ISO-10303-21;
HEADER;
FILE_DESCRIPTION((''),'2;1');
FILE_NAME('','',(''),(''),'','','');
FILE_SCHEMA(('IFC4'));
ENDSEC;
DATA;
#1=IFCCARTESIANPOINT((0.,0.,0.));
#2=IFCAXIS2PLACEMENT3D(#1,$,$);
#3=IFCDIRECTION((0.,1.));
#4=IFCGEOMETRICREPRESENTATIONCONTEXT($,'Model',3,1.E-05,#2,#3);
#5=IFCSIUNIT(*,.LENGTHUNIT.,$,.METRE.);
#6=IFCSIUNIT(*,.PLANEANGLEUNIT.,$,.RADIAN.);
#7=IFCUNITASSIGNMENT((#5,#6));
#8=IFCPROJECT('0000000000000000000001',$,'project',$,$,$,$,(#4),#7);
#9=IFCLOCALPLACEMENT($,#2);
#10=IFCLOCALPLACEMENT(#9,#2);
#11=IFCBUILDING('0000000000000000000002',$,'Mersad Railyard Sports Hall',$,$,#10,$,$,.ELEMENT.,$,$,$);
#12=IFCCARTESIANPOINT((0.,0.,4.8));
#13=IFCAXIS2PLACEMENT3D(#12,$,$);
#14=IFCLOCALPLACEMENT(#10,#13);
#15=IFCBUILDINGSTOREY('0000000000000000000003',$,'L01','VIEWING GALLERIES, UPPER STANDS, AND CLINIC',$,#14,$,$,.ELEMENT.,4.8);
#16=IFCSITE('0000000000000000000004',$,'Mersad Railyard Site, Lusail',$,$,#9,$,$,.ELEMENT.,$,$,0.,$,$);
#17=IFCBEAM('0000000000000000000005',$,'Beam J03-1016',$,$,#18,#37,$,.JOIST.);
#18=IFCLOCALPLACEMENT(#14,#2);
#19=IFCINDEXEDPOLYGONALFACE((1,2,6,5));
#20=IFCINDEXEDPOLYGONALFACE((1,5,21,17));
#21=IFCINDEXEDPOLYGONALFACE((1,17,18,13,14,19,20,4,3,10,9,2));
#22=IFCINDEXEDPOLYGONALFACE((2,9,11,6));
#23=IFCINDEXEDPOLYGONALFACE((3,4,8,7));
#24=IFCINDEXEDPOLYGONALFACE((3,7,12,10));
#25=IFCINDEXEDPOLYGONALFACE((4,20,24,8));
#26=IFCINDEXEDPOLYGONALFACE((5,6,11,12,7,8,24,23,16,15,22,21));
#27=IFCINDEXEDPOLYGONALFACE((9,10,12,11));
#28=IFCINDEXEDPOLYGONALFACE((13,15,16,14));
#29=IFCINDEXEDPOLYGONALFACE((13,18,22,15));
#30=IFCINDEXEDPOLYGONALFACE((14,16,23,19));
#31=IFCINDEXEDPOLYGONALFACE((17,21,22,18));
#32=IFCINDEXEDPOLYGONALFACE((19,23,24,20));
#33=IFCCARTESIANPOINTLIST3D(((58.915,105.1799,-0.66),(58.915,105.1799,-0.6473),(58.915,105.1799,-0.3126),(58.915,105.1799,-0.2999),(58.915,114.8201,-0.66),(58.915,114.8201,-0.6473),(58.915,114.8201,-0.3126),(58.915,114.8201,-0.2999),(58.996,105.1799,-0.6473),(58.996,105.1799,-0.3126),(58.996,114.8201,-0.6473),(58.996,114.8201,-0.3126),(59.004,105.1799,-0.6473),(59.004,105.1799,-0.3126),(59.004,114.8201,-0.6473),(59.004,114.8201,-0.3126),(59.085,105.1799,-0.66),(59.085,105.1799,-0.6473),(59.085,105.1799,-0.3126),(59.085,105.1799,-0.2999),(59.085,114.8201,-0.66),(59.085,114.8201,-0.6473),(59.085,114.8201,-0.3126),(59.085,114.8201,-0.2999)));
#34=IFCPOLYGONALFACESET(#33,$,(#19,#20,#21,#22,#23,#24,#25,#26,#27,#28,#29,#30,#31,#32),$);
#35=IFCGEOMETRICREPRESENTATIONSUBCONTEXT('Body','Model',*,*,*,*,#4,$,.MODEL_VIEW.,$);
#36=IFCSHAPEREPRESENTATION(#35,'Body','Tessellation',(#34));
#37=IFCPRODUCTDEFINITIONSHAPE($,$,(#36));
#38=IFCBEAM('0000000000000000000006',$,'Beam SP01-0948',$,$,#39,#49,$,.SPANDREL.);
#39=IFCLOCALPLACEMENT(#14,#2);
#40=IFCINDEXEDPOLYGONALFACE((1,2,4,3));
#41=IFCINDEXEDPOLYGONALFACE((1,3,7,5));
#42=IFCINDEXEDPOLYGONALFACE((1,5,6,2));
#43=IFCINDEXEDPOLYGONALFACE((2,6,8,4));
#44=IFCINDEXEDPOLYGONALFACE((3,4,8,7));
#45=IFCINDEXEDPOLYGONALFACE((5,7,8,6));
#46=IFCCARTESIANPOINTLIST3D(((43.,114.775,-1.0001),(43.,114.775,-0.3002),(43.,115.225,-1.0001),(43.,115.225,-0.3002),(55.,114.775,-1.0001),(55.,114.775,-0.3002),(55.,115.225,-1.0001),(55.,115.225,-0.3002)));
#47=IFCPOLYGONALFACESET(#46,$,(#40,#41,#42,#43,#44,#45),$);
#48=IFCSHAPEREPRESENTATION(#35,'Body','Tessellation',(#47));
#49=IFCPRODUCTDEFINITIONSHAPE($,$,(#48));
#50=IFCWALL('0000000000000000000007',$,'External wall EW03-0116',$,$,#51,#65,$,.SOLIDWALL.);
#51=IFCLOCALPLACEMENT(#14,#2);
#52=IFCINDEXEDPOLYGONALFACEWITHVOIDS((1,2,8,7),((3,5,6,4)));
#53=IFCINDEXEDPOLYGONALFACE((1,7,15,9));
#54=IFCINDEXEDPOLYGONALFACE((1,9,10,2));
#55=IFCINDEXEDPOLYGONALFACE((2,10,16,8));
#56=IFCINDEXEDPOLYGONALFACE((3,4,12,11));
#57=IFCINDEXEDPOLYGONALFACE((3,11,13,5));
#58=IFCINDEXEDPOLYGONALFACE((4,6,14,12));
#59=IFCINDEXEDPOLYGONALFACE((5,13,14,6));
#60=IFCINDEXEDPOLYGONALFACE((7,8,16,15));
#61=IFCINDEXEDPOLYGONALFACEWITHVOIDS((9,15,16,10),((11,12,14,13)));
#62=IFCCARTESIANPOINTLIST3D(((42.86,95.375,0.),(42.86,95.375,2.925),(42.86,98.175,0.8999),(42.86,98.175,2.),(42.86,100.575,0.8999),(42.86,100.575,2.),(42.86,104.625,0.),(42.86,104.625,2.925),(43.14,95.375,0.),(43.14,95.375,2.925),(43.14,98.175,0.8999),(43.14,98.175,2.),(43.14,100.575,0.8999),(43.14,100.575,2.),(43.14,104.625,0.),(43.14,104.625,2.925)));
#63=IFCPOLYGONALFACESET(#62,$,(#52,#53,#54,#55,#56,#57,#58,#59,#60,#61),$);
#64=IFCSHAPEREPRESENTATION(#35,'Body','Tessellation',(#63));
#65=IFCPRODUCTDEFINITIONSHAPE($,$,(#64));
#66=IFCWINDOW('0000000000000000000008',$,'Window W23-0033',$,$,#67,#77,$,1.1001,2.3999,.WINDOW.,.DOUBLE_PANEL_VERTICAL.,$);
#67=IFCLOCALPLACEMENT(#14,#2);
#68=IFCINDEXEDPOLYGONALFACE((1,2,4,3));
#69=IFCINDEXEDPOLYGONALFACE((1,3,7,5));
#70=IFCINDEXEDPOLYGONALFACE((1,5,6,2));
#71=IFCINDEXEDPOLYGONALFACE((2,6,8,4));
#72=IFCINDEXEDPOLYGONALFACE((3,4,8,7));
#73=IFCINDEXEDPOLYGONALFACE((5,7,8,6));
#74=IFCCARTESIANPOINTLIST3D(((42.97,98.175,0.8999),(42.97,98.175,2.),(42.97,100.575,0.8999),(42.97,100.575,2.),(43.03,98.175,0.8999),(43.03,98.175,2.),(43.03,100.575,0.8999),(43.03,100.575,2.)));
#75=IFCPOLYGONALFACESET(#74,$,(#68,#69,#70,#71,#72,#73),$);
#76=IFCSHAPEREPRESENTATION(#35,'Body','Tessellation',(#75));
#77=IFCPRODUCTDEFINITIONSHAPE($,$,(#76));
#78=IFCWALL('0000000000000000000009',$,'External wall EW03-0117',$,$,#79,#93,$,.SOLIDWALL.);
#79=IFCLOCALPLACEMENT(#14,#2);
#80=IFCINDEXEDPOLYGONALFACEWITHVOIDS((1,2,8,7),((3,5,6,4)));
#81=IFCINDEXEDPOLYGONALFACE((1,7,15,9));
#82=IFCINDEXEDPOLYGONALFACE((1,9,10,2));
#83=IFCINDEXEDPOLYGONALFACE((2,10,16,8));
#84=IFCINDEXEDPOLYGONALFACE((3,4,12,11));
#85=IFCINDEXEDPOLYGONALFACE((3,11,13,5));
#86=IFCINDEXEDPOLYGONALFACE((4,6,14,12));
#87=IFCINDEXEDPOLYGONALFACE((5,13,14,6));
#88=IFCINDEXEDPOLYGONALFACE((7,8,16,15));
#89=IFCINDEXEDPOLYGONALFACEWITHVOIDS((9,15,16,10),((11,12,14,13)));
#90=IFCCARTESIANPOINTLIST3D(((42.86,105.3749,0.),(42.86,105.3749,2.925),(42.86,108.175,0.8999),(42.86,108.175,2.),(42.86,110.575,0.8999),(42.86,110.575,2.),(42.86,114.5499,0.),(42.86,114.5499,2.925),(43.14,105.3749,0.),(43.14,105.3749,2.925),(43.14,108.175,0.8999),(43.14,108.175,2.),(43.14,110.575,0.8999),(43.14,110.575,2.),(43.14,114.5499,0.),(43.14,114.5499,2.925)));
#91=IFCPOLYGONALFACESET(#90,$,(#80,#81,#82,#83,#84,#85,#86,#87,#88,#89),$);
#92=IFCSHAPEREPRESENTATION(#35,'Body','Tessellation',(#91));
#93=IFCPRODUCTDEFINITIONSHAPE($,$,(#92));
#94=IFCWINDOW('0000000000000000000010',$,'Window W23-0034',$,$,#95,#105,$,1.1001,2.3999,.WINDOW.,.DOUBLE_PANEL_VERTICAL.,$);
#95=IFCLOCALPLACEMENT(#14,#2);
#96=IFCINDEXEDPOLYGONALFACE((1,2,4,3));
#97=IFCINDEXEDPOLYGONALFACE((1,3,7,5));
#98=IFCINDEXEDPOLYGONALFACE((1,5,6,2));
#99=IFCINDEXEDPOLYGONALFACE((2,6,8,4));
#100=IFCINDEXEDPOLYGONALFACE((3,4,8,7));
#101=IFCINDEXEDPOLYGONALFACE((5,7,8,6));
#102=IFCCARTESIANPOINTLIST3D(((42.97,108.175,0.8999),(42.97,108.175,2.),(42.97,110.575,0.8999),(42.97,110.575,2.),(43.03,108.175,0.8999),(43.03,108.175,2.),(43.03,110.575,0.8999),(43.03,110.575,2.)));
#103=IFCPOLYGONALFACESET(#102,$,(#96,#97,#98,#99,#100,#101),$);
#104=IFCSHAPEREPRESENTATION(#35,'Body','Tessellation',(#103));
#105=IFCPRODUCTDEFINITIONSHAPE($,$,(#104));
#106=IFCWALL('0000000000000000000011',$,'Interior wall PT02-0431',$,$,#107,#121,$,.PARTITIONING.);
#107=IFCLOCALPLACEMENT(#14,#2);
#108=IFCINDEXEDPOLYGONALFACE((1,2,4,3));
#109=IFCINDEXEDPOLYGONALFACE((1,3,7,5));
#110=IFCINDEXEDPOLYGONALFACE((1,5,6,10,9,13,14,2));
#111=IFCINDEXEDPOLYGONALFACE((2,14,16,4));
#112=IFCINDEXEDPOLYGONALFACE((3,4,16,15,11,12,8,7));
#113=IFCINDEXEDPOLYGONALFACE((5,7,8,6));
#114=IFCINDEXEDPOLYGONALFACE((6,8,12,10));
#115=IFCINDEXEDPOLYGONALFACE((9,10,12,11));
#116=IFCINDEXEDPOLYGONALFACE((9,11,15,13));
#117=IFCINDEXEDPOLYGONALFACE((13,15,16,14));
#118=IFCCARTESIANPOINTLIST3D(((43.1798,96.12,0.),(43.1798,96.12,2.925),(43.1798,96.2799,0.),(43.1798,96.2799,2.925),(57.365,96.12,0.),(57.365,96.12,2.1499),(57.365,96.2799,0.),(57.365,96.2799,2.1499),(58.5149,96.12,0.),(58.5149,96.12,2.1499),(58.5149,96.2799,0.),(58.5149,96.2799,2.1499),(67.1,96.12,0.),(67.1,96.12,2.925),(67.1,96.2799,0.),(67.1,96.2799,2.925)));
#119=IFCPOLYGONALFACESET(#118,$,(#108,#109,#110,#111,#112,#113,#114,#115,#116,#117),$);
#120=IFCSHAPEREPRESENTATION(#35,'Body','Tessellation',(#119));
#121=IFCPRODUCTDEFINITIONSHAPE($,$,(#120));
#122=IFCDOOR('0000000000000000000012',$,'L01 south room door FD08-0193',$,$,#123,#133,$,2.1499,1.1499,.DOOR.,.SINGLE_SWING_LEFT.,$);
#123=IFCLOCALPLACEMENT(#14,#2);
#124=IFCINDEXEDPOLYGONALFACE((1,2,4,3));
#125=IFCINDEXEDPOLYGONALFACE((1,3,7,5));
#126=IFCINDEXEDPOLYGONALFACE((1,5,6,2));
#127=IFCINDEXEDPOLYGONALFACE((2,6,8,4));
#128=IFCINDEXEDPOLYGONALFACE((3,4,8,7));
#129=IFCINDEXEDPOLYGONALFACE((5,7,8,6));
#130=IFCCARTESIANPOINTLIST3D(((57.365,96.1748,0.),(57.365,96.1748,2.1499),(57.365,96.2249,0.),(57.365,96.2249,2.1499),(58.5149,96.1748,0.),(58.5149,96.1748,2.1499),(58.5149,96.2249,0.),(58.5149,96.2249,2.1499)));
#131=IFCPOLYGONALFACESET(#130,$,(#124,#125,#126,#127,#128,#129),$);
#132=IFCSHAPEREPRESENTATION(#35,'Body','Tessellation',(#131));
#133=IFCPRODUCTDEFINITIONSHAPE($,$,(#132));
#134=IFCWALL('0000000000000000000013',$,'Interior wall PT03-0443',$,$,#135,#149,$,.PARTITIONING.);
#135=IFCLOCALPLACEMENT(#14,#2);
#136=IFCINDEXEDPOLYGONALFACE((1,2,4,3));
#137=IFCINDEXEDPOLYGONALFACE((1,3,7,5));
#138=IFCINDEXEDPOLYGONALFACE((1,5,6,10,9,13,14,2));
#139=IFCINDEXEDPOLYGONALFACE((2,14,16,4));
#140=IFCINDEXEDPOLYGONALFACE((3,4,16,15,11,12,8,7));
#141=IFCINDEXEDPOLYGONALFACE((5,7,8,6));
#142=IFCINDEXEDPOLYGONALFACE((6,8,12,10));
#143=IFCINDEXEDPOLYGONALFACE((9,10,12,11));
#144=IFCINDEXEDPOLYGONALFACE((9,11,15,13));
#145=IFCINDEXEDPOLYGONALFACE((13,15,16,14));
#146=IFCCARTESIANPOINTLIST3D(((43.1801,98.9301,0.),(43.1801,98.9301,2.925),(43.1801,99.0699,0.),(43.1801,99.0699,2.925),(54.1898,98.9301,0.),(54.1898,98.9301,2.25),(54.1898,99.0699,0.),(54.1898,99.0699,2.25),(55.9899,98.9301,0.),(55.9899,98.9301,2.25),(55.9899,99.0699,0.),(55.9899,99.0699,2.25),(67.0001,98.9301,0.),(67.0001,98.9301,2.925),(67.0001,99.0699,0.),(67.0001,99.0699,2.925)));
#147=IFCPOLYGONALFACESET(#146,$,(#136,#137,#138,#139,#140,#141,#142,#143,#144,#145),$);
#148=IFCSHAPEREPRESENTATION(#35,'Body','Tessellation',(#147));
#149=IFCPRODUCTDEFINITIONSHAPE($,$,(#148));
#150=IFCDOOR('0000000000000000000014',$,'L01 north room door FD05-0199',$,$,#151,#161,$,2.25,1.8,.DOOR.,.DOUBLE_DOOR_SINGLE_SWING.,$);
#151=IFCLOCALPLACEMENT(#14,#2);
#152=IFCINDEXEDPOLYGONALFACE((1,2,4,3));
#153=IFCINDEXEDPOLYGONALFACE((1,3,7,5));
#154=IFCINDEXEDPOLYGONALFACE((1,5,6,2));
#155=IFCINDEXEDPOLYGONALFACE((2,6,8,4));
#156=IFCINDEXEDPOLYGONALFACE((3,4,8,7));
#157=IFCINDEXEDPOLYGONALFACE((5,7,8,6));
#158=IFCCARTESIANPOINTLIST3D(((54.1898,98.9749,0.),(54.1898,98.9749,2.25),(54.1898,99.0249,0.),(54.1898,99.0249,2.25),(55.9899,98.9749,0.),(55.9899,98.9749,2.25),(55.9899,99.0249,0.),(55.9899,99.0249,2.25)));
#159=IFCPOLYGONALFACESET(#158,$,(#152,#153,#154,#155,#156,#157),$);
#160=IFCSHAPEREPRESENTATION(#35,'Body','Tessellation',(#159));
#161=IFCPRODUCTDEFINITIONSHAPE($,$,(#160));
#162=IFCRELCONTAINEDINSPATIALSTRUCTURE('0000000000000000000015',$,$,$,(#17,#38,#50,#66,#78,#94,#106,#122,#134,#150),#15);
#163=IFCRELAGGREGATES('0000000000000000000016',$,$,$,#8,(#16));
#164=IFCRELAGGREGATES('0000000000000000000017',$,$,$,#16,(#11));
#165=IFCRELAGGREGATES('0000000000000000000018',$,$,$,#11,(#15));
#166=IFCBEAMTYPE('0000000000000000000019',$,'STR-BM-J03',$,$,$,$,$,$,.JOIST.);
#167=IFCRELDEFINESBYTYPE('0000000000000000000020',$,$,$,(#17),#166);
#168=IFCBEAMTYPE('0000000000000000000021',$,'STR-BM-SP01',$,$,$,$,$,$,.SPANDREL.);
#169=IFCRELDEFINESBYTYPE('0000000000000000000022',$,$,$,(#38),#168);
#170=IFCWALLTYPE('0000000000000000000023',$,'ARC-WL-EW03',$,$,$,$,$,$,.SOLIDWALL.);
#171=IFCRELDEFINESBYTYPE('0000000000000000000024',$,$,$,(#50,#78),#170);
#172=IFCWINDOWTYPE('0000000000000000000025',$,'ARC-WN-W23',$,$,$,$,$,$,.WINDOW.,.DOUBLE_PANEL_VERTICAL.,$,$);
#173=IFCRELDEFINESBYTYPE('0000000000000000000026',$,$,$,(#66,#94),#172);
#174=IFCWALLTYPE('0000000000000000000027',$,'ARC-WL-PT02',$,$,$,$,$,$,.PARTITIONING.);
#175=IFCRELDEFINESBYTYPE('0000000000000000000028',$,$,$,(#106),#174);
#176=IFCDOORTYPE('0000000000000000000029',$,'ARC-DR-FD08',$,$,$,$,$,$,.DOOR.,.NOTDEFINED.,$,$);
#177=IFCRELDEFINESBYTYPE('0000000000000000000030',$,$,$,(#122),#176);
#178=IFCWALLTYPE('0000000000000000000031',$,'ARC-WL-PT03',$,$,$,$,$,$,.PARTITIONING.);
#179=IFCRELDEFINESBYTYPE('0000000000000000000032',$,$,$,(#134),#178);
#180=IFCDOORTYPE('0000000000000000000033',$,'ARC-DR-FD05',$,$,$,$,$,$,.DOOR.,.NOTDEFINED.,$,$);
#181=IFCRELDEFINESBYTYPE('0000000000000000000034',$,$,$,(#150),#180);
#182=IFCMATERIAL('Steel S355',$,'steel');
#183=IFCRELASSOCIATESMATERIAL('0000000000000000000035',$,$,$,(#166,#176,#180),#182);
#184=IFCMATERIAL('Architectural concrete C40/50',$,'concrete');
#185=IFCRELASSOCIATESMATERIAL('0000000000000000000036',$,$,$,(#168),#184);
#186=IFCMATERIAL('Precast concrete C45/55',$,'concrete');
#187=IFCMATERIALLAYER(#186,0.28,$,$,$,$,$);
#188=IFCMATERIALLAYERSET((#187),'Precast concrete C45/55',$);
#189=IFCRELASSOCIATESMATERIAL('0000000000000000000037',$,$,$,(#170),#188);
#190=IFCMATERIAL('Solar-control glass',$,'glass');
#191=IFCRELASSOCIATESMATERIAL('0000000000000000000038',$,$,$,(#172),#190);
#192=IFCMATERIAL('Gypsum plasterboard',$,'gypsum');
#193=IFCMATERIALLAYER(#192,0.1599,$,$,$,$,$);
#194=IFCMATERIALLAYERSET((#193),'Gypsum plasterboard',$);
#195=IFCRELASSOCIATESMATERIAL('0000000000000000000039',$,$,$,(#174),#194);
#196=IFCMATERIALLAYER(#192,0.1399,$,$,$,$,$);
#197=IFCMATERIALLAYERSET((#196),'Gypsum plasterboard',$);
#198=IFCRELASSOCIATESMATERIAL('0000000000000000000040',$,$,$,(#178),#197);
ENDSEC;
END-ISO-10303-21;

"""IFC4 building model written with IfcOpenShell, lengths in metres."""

from ifc_helpers import new_model, si_unit, direction, frame, frame_2d, origin, origin_2d, place, context, subcontext, project, spatial, rectangle, i_section, extrude, material, layer, layer_set, material_profile, profile_set, type_object, element, fill, save


model = new_model("IFC4")

# Units and contexts
model_context = context("Model", 3, precision=1e-05, world=origin(), true_north=direction((0.0, 1.0)))
body_context = subcontext(model_context, "Body", "Model", "MODEL_VIEW")
ifc_project = project(units=[si_unit("LENGTHUNIT", "METRE"), si_unit("PLANEANGLEUNIT", "RADIAN")], contexts=[model_context])

# Site, building, storey
site_placement = place(None, origin())
site = spatial("IfcSite", under=ifc_project, at=site_placement, Name="Mersad Railyard Site, Lusail", CompositionType="ELEMENT", RefElevation=0.0)
building_placement = place(site_placement, origin())
building = spatial("IfcBuilding", under=site, at=building_placement, Name="Mersad Railyard Sports Hall", CompositionType="ELEMENT")
storey_placement = place(building_placement, frame((0.0, 0.0, 4.8)))
storey = spatial("IfcBuildingStorey", under=building, at=storey_placement, Name="L01", Description="VIEWING GALLERIES, UPPER STANDS, AND CLINIC", CompositionType="ELEMENT", Elevation=4.8)

# Beams
ifc_material_1 = material(Name="Steel S355", Category="steel")
ifc_material_profile_1 = material_profile(ifc_material_1, i_section(OverallWidth=0.1699, OverallDepth=0.3601, WebThickness=0.0081, FlangeThickness=0.0127, at=origin_2d()), Name="IPE 360")
ifc_profile_set_1 = profile_set([ifc_material_profile_1], Name="Steel S355")
beam_type_1 = type_object("IfcBeamType", Name="STR-BM-J03", PredefinedType="JOIST", material=ifc_profile_set_1)
for number, where, z_axis, x_axis, name in (
    (1, (59.0, 105.1799, -0.48), (0.0, 1.0, 0.0), (-1.0, 0.0, 0.0), "Beam J03-1016"),
):
    element("IfcBeam", number, at=place(storey_placement, frame(where, z_axis=z_axis, x_axis=x_axis)), inside=storey, type_object=beam_type_1, Name=name, PredefinedType="JOIST", context=body_context, shape_type="SweptSolid", body=[
        extrude(i_section(OverallWidth=0.1699, OverallDepth=0.3601, WebThickness=0.0081, FlangeThickness=0.0127, at=origin_2d()), origin(), (0.0, 0.0, 1.0), 9.6401),
    ])
ifc_material_2 = material(Name="Architectural concrete C40/50", Category="concrete")
ifc_material_profile_2 = material_profile(ifc_material_2, rectangle(XDim=0.45, YDim=0.7, at=origin_2d()), Name="RC 450x700")
ifc_profile_set_2 = profile_set([ifc_material_profile_2], Name="Architectural concrete C40/50")
beam_type_2 = type_object("IfcBeamType", Name="STR-BM-SP01", PredefinedType="SPANDREL", material=ifc_profile_set_2)
beam_placement = place(storey_placement, frame((43.0, 115.0, -0.6501), z_axis=(1.0, 0.0, 0.0), x_axis=(0.0, 1.0, 0.0)))
element("IfcBeam", 2, at=beam_placement, inside=storey, type_object=beam_type_2, Name="Beam SP01-0948", PredefinedType="SPANDREL", context=body_context, shape_type="SweptSolid", body=[
    extrude(rectangle(XDim=0.45, YDim=0.7, at=origin_2d()), origin(), (0.0, 0.0, 1.0), 12.0),
])

# Walls, openings, windows
ifc_material_3 = material(Name="Precast concrete C45/55", Category="concrete")
ifc_layer_1 = layer(ifc_material_3, 0.28)
ifc_layer_set_1 = layer_set([ifc_layer_1], Name="Precast concrete C45/55")
wall_type_1 = type_object("IfcWallType", Name="ARC-WL-EW03", PredefinedType="SOLIDWALL", material=ifc_layer_set_1)
wall_1_placement = place(storey_placement, frame((43.0, 95.375, 0.0), z_axis=(0.0, 0.0, 1.0), x_axis=(0.0, 1.0, 0.0)))
wall_1 = element("IfcWall", 3, at=wall_1_placement, inside=storey, type_object=wall_type_1, Name="External wall EW03-0116", PredefinedType="SOLIDWALL", context=body_context, shape_type="SweptSolid", body=[
    extrude(rectangle(XDim=9.25, YDim=0.28, at=frame_2d((4.625, 0.0))), origin(), (0.0, 0.0, 1.0), 2.925),
])
opening_1_placement = place(wall_1_placement, frame((2.8, 0.0, 0.8999)))
opening_1 = element("IfcOpeningElement", 4, at=opening_1_placement, cuts=wall_1, PredefinedType="OPENING", context=body_context, shape_type="SweptSolid", body=[
    extrude(rectangle(XDim=2.3999, YDim=1.1001, at=frame_2d((1.2, 0.55))), frame((0.0, 0.1499, 0.0), z_axis=(0.0, -1.0, 0.0), x_axis=(1.0, 0.0, 0.0)), (0.0, 0.0, 1.0), 0.3),
])
ifc_material_4 = material(Name="Solar-control glass", Category="glass")
window_type = type_object("IfcWindowType", Name="ARC-WN-W23", PartitioningType="DOUBLE_PANEL_VERTICAL", PredefinedType="WINDOW", material=ifc_material_4)
window_1_placement = place(opening_1_placement, origin())
window_1 = element("IfcWindow", 5, at=window_1_placement, inside=storey, type_object=window_type, Name="Window W23-0033", OverallHeight=1.1001, OverallWidth=2.3999, PartitioningType="DOUBLE_PANEL_VERTICAL", PredefinedType="WINDOW", context=body_context, shape_type="SweptSolid", body=[
    extrude(rectangle(XDim=2.3999, YDim=1.1001, at=frame_2d((1.2, 0.55))), frame((0.0, 0.03, 0.0), z_axis=(0.0, -1.0, 0.0), x_axis=(1.0, 0.0, 0.0)), (0.0, 0.0, 1.0), 0.0601),
])
fill(opening_1, window_1)
wall_2_placement = place(storey_placement, frame((43.0, 105.375, 0.0), z_axis=(0.0, 0.0, 1.0), x_axis=(0.0, 1.0, 0.0)))
wall_2 = element("IfcWall", 6, at=wall_2_placement, inside=storey, type_object=wall_type_1, Name="External wall EW03-0117", PredefinedType="SOLIDWALL", context=body_context, shape_type="SweptSolid", body=[
    extrude(rectangle(XDim=9.175, YDim=0.28, at=frame_2d((4.5874, 0.0))), origin(), (0.0, 0.0, 1.0), 2.925),
])
opening_2_placement = place(wall_2_placement, frame((2.8, 0.0, 0.8999)))
opening_2 = element("IfcOpeningElement", 7, at=opening_2_placement, cuts=wall_2, PredefinedType="OPENING", context=body_context, shape_type="SweptSolid", body=[
    extrude(rectangle(XDim=2.3999, YDim=1.1001, at=frame_2d((1.2, 0.55))), frame((0.0, 0.1499, 0.0), z_axis=(0.0, -1.0, 0.0), x_axis=(1.0, 0.0, 0.0)), (0.0, 0.0, 1.0), 0.3),
])
window_2_placement = place(opening_2_placement, origin())
window_2 = element("IfcWindow", 8, at=window_2_placement, inside=storey, type_object=window_type, Name="Window W23-0034", OverallHeight=1.1001, OverallWidth=2.3999, PartitioningType="DOUBLE_PANEL_VERTICAL", PredefinedType="WINDOW", context=body_context, shape_type="SweptSolid", body=[
    extrude(rectangle(XDim=2.3999, YDim=1.1001, at=frame_2d((1.2, 0.55))), frame((0.0, 0.03, 0.0), z_axis=(0.0, -1.0, 0.0), x_axis=(1.0, 0.0, 0.0)), (0.0, 0.0, 1.0), 0.0601),
])
fill(opening_2, window_2)

# Walls, openings, doors
ifc_material_5 = material(Name="Gypsum plasterboard", Category="gypsum")
ifc_layer_2 = layer(ifc_material_5, 0.1599)
ifc_layer_set_2 = layer_set([ifc_layer_2], Name="Gypsum plasterboard")
wall_type_2 = type_object("IfcWallType", Name="ARC-WL-PT02", PredefinedType="PARTITIONING", material=ifc_layer_set_2)
wall_3_placement = place(storey_placement, frame((43.1799, 96.2, 0.0), z_axis=(0.0, 0.0, 1.0), x_axis=(1.0, 0.0, 0.0)))
wall_3 = element("IfcWall", 9, at=wall_3_placement, inside=storey, type_object=wall_type_2, Name="Interior wall PT02-0431", PredefinedType="PARTITIONING", context=body_context, shape_type="SweptSolid", body=[
    extrude(rectangle(XDim=23.9202, YDim=0.1599, at=frame_2d((11.96, 0.0))), origin(), (0.0, 0.0, 1.0), 2.925),
])
opening_3_placement = place(wall_3_placement, frame((14.1851, 0.0, 0.0)))
opening_3 = element("IfcOpeningElement", 10, at=opening_3_placement, cuts=wall_3, PredefinedType="OPENING", context=body_context, shape_type="SweptSolid", body=[
    extrude(rectangle(XDim=1.1499, YDim=2.1499, at=frame_2d((0.575, 1.075))), frame((0.0, 0.0898, 0.0), z_axis=(0.0, -1.0, 0.0), x_axis=(1.0, 0.0, 0.0)), (0.0, 0.0, 1.0), 0.1799),
])
door_type_1 = type_object("IfcDoorType", Name="ARC-DR-FD08", OperationType="NOTDEFINED", PredefinedType="DOOR", material=ifc_material_1)
door_1_placement = place(opening_3_placement, origin())
door_1 = element("IfcDoor", 11, at=door_1_placement, inside=storey, type_object=door_type_1, Name="L01 south room door FD08-0193", OperationType="SINGLE_SWING_LEFT", OverallHeight=2.1499, OverallWidth=1.1499, PredefinedType="DOOR", context=body_context, shape_type="SweptSolid", body=[
    extrude(rectangle(XDim=1.1499, YDim=2.1499, at=frame_2d((0.575, 1.075))), frame((0.0, 0.0249, 0.0), z_axis=(0.0, -1.0, 0.0), x_axis=(1.0, 0.0, 0.0)), (0.0, 0.0, 1.0), 0.05),
])
fill(opening_3, door_1)
ifc_layer_3 = layer(ifc_material_5, 0.1399)
ifc_layer_set_3 = layer_set([ifc_layer_3], Name="Gypsum plasterboard")
wall_type_3 = type_object("IfcWallType", Name="ARC-WL-PT03", PredefinedType="PARTITIONING", material=ifc_layer_set_3)
wall_4_placement = place(storey_placement, frame((43.1799, 99.0, 0.0), z_axis=(0.0, 0.0, 1.0), x_axis=(1.0, 0.0, 0.0)))
wall_4 = element("IfcWall", 12, at=wall_4_placement, inside=storey, type_object=wall_type_3, Name="Interior wall PT03-0443", PredefinedType="PARTITIONING", context=body_context, shape_type="SweptSolid", body=[
    extrude(rectangle(XDim=23.8201, YDim=0.1399, at=frame_2d((11.9102, 0.0))), origin(), (0.0, 0.0, 1.0), 2.925),
])
opening_4_placement = place(wall_4_placement, frame((11.01, 0.0, 0.0)))
opening_4 = element("IfcOpeningElement", 13, at=opening_4_placement, cuts=wall_4, PredefinedType="OPENING", context=body_context, shape_type="SweptSolid", body=[
    extrude(rectangle(XDim=1.8, YDim=2.25, at=frame_2d((0.8999, 1.125))), frame((0.0, 0.0798, 0.0), z_axis=(0.0, -1.0, 0.0), x_axis=(1.0, 0.0, 0.0)), (0.0, 0.0, 1.0), 0.1599),
])
door_type_2 = type_object("IfcDoorType", Name="ARC-DR-FD05", OperationType="NOTDEFINED", PredefinedType="DOOR", material=ifc_material_1)
door_2_placement = place(opening_4_placement, origin())
door_2 = element("IfcDoor", 14, at=door_2_placement, inside=storey, type_object=door_type_2, Name="L01 north room door FD05-0199", OperationType="DOUBLE_DOOR_SINGLE_SWING", OverallHeight=2.25, OverallWidth=1.8, PredefinedType="DOOR", context=body_context, shape_type="SweptSolid", body=[
    extrude(rectangle(XDim=1.8, YDim=2.25, at=frame_2d((0.8999, 1.125))), frame((0.0, 0.0249, 0.0), z_axis=(0.0, -1.0, 0.0), x_axis=(1.0, 0.0, 0.0)), (0.0, 0.0, 1.0), 0.05),
])
fill(opening_4, door_2)

save(model, "model.ifc")
